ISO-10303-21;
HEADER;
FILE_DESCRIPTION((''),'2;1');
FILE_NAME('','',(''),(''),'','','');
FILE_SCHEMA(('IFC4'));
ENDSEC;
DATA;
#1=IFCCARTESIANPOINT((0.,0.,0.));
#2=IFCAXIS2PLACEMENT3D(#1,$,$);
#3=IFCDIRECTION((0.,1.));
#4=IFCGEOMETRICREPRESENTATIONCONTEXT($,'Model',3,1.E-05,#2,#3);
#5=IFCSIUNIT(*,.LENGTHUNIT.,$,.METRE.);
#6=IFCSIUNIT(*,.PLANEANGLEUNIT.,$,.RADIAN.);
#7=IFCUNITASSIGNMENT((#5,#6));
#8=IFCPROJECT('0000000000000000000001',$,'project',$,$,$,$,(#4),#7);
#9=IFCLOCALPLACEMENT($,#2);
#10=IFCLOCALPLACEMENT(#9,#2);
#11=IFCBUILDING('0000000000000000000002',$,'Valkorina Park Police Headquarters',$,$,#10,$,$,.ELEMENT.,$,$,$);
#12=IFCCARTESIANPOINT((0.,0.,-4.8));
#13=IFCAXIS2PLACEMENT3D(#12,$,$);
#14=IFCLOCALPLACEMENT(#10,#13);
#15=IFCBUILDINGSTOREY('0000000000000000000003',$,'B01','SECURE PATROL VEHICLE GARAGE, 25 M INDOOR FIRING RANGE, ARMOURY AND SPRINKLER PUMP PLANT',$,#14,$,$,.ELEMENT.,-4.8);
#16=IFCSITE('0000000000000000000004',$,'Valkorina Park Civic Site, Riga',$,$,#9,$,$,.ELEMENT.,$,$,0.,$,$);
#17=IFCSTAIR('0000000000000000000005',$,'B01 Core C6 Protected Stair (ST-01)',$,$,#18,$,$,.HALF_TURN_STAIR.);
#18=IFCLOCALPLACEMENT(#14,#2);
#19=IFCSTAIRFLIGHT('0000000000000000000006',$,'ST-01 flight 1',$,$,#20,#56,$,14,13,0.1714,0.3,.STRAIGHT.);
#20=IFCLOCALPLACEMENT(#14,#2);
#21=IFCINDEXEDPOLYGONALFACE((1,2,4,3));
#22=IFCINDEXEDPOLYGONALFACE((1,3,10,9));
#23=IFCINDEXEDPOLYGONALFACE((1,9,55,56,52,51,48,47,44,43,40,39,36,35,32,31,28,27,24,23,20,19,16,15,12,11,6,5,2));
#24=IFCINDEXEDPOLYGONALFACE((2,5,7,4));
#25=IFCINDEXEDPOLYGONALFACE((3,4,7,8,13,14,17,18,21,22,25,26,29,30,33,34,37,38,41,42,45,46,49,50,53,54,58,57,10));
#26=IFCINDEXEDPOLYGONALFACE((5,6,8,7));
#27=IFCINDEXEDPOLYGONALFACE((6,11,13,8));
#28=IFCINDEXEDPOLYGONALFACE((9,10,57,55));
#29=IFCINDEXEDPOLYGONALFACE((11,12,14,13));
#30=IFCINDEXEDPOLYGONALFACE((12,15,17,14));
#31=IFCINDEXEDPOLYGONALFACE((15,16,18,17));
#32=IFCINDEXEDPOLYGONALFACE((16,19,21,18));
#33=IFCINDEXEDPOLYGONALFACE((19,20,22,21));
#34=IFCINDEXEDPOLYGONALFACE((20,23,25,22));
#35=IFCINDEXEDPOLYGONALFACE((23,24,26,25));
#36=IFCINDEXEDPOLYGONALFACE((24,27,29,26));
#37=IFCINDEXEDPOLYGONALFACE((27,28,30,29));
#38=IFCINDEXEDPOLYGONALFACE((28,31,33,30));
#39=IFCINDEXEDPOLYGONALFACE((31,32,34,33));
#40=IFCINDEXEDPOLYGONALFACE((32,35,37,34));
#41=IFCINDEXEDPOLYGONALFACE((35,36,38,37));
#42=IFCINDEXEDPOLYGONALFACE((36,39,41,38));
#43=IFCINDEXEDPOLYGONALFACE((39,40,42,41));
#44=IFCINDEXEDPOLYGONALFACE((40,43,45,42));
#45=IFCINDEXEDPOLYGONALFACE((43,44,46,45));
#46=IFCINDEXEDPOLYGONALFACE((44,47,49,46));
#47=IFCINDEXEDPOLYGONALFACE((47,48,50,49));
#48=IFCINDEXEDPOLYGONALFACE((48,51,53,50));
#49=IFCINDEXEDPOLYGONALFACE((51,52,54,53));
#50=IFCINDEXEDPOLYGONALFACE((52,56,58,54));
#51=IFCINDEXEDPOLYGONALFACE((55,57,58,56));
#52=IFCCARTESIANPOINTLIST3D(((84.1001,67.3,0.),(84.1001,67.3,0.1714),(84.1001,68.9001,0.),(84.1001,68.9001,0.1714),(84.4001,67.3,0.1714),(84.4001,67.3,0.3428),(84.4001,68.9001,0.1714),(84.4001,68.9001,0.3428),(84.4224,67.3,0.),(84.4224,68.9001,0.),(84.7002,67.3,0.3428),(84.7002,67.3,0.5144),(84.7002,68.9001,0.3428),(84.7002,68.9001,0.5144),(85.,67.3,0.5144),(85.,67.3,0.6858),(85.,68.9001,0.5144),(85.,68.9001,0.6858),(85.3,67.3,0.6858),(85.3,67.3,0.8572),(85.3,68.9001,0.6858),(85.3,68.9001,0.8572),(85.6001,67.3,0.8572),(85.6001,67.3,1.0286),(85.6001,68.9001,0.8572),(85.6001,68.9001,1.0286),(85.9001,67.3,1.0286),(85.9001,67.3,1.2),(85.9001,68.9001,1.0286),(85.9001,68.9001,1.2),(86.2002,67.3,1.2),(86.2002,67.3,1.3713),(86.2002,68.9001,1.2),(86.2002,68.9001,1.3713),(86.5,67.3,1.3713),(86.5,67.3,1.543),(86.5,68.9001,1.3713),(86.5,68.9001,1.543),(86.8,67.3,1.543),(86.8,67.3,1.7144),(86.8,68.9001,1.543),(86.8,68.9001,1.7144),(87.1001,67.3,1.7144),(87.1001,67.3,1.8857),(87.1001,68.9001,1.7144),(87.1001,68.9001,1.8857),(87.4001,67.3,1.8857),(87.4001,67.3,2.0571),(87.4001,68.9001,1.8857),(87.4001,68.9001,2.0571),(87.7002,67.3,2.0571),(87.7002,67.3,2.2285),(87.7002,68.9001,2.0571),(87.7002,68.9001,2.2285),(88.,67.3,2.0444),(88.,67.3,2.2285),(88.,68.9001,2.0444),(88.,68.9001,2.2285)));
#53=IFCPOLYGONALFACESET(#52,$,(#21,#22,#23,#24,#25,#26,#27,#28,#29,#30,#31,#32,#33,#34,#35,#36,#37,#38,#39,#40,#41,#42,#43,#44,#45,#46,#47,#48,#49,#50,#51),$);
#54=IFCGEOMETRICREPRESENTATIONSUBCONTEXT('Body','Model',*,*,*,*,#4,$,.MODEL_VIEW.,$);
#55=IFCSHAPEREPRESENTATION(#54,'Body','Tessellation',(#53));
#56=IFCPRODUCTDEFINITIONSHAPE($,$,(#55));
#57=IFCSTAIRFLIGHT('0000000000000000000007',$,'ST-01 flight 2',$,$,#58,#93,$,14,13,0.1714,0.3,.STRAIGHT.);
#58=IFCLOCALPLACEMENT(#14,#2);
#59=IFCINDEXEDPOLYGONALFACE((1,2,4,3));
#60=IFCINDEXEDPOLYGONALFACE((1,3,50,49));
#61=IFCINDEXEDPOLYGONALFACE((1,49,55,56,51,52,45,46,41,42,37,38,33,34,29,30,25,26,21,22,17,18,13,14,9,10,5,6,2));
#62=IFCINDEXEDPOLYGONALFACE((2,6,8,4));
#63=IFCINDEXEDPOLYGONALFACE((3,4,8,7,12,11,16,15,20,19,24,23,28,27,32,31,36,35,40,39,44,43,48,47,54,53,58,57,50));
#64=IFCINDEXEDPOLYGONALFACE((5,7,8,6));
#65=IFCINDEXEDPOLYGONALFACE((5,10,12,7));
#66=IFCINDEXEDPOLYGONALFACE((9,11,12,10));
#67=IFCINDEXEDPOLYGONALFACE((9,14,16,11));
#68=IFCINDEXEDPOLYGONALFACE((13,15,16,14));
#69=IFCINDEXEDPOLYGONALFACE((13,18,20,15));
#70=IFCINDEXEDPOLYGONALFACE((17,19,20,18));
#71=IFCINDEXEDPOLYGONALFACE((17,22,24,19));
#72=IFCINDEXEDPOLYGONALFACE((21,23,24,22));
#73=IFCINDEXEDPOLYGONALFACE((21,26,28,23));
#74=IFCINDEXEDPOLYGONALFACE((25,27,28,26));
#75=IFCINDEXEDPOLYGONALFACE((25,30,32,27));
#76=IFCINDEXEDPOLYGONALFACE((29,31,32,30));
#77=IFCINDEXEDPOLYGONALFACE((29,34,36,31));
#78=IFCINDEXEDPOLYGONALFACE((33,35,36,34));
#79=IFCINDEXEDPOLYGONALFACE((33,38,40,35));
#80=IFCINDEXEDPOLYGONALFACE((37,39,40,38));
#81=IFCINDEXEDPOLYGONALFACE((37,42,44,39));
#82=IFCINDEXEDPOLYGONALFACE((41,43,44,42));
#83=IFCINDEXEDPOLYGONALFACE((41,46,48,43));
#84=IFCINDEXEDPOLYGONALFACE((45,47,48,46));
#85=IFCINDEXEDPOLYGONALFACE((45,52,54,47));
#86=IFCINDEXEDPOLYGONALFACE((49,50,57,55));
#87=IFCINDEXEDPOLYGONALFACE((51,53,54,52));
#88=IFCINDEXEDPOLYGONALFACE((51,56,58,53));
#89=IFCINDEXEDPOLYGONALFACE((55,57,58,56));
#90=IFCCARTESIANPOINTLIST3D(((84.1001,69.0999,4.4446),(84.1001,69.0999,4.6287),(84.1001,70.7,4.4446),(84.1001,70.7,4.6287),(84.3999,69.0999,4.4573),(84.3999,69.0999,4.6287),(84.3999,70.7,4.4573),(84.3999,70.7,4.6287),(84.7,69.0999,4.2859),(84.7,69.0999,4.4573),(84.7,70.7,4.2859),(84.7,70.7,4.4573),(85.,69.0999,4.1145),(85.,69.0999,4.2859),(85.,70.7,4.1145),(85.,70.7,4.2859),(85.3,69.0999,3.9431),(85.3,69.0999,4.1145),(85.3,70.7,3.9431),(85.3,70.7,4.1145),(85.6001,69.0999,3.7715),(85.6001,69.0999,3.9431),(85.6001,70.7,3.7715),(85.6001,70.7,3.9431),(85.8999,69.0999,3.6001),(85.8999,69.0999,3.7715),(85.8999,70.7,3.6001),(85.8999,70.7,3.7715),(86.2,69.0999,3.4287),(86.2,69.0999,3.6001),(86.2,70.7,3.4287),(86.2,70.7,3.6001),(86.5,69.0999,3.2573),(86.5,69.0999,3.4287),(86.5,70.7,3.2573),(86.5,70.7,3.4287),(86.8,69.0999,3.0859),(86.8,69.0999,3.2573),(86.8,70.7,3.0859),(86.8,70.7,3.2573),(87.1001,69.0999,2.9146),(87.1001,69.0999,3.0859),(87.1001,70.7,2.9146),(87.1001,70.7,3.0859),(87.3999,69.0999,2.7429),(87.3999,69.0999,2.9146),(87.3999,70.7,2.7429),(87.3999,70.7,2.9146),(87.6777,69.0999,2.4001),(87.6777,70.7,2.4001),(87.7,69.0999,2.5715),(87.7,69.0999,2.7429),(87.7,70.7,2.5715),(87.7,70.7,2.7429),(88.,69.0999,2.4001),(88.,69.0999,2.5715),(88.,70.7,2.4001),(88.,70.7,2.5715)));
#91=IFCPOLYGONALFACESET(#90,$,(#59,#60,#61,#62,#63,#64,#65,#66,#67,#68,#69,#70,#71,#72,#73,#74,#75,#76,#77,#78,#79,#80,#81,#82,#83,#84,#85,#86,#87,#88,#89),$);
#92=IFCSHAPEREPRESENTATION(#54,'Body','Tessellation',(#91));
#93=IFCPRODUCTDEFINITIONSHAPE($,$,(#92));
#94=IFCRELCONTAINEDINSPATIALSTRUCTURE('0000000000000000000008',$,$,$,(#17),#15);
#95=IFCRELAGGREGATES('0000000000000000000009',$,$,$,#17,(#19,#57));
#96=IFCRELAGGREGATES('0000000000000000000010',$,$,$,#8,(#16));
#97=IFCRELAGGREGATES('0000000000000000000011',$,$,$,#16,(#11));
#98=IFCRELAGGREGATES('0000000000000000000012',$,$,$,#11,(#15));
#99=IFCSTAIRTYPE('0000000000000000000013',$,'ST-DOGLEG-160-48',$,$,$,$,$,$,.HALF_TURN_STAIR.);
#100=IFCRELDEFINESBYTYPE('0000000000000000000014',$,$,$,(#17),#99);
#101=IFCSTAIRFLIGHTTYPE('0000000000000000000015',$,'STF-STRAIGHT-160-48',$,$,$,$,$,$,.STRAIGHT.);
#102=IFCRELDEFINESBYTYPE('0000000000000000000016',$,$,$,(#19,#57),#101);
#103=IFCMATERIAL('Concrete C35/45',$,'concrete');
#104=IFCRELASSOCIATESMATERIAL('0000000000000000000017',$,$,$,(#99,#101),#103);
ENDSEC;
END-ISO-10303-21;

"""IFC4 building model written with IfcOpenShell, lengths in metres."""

from ifc_helpers import new_model, si_unit, direction, frame, origin, place, context, subcontext, project, spatial, polyline, outline, extrude, material, type_object, element, aggregate, save


model = new_model("IFC4")

# Units and contexts
model_context = context("Model", 3, precision=1e-05, world=origin(), true_north=direction((0.0, 1.0)))
body_context = subcontext(model_context, "Body", "Model", "MODEL_VIEW")
ifc_project = project(units=[si_unit("LENGTHUNIT", "METRE"), si_unit("PLANEANGLEUNIT", "RADIAN")], contexts=[model_context])

# Site, building, storey
site_placement = place(None, origin())
site = spatial("IfcSite", under=ifc_project, at=site_placement, Name="Valkorina Park Civic Site, Riga", CompositionType="ELEMENT", RefElevation=0.0)
building_placement = place(site_placement, origin())
building = spatial("IfcBuilding", under=site, at=building_placement, Name="Valkorina Park Police Headquarters", CompositionType="ELEMENT")
storey_placement = place(building_placement, frame((0.0, 0.0, -4.8)))
storey = spatial("IfcBuildingStorey", under=building, at=storey_placement, Name="B01", Description="SECURE PATROL VEHICLE GARAGE, 25 M INDOOR FIRING RANGE, ARMOURY AND SPRINKLER PUMP PLANT", CompositionType="ELEMENT", Elevation=-4.8)

# Shared definitions
ifc_material_1 = material(Name="Concrete C35/45", Category="concrete")

# Stair, stair flights
stair_type = type_object("IfcStairType", Name="ST-DOGLEG-160-48", PredefinedType="HALF_TURN_STAIR", material=ifc_material_1)
stair_placement = place(storey_placement, origin())
stair = element("IfcStair", 1, at=stair_placement, inside=storey, type_object=stair_type, Name="B01 Core C6 Protected Stair (ST-01)", PredefinedType="HALF_TURN_STAIR")
stair_flight_type = type_object("IfcStairFlightType", Name="STF-STRAIGHT-160-48", PredefinedType="STRAIGHT", material=ifc_material_1)
stair_flight_1_placement = place(storey_placement, frame((84.1001, 68.1001, 0.0), z_axis=(0.0, 0.0, 1.0), x_axis=(1.0, 0.0, 0.0)))
stair_flight_1 = element("IfcStairFlight", 2, at=stair_flight_1_placement, type_object=stair_flight_type, Name="ST-01 flight 1", NumberOfRisers=14, NumberOfTreads=13, PredefinedType="STRAIGHT", RiserHeight=0.1714, TreadLength=0.3, context=body_context, shape_type="SweptSolid", body=[
    extrude(outline(polyline([(0.0, 0.0), (0.0, 0.1714), (0.3, 0.1714), (0.3, 0.3428), (0.6001, 0.3428), (0.6001, 0.5144), (0.8999, 0.5144), (0.8999, 0.6858), (1.2, 0.6858), (1.2, 0.8572), (1.5, 0.8572), (1.5, 1.0286), (1.8, 1.0286), (1.8, 1.2), (2.1001, 1.2), (2.1001, 1.3713), (2.3999, 1.3713), (2.3999, 1.543), (2.7, 1.543), (2.7, 1.7144), (3.0, 1.7144), (3.0, 1.8857), (3.3, 1.8857), (3.3, 2.0571), (3.6001, 2.0571), (3.6001, 2.2285), (3.8999, 2.2285), (3.8999, 2.3999), (3.8999, 2.0444), (0.3223, 0.0), (0.0, 0.0)])), frame((0.0, 0.8, 0.0), z_axis=(0.0, -1.0, 0.0), x_axis=(1.0, 0.0, 0.0)), (0.0, 0.0, 1.0), 1.6001),
])
stair_flight_2_placement = place(storey_placement, frame((88.0, 69.8999, 2.4001), z_axis=(0.0, 0.0, 1.0), x_axis=(-1.0, 0.0, 0.0)))
stair_flight_2 = element("IfcStairFlight", 3, at=stair_flight_2_placement, type_object=stair_flight_type, Name="ST-01 flight 2", NumberOfRisers=14, NumberOfTreads=13, PredefinedType="STRAIGHT", RiserHeight=0.1714, TreadLength=0.3, context=body_context, shape_type="SweptSolid", body=[
    extrude(outline(polyline([(0.0, 0.0), (0.0, 0.1714), (0.3, 0.1714), (0.3, 0.3428), (0.6001, 0.3428), (0.6001, 0.5144), (0.8999, 0.5144), (0.8999, 0.6858), (1.2, 0.6858), (1.2, 0.8572), (1.5, 0.8572), (1.5, 1.0286), (1.8, 1.0286), (1.8, 1.2), (2.1001, 1.2), (2.1001, 1.3713), (2.3999, 1.3713), (2.3999, 1.543), (2.7, 1.543), (2.7, 1.7144), (3.0, 1.7144), (3.0, 1.8857), (3.3, 1.8857), (3.3, 2.0571), (3.6001, 2.0571), (3.6001, 2.2285), (3.8999, 2.2285), (3.8999, 2.3999), (3.8999, 2.0444), (0.3223, 0.0), (0.0, 0.0)])), frame((0.0, 0.8, 0.0), z_axis=(0.0, -1.0, 0.0), x_axis=(1.0, 0.0, 0.0)), (0.0, 0.0, 1.0), 1.6001),
])
aggregate(stair, [stair_flight_1, stair_flight_2])

save(model, "model.ifc")
